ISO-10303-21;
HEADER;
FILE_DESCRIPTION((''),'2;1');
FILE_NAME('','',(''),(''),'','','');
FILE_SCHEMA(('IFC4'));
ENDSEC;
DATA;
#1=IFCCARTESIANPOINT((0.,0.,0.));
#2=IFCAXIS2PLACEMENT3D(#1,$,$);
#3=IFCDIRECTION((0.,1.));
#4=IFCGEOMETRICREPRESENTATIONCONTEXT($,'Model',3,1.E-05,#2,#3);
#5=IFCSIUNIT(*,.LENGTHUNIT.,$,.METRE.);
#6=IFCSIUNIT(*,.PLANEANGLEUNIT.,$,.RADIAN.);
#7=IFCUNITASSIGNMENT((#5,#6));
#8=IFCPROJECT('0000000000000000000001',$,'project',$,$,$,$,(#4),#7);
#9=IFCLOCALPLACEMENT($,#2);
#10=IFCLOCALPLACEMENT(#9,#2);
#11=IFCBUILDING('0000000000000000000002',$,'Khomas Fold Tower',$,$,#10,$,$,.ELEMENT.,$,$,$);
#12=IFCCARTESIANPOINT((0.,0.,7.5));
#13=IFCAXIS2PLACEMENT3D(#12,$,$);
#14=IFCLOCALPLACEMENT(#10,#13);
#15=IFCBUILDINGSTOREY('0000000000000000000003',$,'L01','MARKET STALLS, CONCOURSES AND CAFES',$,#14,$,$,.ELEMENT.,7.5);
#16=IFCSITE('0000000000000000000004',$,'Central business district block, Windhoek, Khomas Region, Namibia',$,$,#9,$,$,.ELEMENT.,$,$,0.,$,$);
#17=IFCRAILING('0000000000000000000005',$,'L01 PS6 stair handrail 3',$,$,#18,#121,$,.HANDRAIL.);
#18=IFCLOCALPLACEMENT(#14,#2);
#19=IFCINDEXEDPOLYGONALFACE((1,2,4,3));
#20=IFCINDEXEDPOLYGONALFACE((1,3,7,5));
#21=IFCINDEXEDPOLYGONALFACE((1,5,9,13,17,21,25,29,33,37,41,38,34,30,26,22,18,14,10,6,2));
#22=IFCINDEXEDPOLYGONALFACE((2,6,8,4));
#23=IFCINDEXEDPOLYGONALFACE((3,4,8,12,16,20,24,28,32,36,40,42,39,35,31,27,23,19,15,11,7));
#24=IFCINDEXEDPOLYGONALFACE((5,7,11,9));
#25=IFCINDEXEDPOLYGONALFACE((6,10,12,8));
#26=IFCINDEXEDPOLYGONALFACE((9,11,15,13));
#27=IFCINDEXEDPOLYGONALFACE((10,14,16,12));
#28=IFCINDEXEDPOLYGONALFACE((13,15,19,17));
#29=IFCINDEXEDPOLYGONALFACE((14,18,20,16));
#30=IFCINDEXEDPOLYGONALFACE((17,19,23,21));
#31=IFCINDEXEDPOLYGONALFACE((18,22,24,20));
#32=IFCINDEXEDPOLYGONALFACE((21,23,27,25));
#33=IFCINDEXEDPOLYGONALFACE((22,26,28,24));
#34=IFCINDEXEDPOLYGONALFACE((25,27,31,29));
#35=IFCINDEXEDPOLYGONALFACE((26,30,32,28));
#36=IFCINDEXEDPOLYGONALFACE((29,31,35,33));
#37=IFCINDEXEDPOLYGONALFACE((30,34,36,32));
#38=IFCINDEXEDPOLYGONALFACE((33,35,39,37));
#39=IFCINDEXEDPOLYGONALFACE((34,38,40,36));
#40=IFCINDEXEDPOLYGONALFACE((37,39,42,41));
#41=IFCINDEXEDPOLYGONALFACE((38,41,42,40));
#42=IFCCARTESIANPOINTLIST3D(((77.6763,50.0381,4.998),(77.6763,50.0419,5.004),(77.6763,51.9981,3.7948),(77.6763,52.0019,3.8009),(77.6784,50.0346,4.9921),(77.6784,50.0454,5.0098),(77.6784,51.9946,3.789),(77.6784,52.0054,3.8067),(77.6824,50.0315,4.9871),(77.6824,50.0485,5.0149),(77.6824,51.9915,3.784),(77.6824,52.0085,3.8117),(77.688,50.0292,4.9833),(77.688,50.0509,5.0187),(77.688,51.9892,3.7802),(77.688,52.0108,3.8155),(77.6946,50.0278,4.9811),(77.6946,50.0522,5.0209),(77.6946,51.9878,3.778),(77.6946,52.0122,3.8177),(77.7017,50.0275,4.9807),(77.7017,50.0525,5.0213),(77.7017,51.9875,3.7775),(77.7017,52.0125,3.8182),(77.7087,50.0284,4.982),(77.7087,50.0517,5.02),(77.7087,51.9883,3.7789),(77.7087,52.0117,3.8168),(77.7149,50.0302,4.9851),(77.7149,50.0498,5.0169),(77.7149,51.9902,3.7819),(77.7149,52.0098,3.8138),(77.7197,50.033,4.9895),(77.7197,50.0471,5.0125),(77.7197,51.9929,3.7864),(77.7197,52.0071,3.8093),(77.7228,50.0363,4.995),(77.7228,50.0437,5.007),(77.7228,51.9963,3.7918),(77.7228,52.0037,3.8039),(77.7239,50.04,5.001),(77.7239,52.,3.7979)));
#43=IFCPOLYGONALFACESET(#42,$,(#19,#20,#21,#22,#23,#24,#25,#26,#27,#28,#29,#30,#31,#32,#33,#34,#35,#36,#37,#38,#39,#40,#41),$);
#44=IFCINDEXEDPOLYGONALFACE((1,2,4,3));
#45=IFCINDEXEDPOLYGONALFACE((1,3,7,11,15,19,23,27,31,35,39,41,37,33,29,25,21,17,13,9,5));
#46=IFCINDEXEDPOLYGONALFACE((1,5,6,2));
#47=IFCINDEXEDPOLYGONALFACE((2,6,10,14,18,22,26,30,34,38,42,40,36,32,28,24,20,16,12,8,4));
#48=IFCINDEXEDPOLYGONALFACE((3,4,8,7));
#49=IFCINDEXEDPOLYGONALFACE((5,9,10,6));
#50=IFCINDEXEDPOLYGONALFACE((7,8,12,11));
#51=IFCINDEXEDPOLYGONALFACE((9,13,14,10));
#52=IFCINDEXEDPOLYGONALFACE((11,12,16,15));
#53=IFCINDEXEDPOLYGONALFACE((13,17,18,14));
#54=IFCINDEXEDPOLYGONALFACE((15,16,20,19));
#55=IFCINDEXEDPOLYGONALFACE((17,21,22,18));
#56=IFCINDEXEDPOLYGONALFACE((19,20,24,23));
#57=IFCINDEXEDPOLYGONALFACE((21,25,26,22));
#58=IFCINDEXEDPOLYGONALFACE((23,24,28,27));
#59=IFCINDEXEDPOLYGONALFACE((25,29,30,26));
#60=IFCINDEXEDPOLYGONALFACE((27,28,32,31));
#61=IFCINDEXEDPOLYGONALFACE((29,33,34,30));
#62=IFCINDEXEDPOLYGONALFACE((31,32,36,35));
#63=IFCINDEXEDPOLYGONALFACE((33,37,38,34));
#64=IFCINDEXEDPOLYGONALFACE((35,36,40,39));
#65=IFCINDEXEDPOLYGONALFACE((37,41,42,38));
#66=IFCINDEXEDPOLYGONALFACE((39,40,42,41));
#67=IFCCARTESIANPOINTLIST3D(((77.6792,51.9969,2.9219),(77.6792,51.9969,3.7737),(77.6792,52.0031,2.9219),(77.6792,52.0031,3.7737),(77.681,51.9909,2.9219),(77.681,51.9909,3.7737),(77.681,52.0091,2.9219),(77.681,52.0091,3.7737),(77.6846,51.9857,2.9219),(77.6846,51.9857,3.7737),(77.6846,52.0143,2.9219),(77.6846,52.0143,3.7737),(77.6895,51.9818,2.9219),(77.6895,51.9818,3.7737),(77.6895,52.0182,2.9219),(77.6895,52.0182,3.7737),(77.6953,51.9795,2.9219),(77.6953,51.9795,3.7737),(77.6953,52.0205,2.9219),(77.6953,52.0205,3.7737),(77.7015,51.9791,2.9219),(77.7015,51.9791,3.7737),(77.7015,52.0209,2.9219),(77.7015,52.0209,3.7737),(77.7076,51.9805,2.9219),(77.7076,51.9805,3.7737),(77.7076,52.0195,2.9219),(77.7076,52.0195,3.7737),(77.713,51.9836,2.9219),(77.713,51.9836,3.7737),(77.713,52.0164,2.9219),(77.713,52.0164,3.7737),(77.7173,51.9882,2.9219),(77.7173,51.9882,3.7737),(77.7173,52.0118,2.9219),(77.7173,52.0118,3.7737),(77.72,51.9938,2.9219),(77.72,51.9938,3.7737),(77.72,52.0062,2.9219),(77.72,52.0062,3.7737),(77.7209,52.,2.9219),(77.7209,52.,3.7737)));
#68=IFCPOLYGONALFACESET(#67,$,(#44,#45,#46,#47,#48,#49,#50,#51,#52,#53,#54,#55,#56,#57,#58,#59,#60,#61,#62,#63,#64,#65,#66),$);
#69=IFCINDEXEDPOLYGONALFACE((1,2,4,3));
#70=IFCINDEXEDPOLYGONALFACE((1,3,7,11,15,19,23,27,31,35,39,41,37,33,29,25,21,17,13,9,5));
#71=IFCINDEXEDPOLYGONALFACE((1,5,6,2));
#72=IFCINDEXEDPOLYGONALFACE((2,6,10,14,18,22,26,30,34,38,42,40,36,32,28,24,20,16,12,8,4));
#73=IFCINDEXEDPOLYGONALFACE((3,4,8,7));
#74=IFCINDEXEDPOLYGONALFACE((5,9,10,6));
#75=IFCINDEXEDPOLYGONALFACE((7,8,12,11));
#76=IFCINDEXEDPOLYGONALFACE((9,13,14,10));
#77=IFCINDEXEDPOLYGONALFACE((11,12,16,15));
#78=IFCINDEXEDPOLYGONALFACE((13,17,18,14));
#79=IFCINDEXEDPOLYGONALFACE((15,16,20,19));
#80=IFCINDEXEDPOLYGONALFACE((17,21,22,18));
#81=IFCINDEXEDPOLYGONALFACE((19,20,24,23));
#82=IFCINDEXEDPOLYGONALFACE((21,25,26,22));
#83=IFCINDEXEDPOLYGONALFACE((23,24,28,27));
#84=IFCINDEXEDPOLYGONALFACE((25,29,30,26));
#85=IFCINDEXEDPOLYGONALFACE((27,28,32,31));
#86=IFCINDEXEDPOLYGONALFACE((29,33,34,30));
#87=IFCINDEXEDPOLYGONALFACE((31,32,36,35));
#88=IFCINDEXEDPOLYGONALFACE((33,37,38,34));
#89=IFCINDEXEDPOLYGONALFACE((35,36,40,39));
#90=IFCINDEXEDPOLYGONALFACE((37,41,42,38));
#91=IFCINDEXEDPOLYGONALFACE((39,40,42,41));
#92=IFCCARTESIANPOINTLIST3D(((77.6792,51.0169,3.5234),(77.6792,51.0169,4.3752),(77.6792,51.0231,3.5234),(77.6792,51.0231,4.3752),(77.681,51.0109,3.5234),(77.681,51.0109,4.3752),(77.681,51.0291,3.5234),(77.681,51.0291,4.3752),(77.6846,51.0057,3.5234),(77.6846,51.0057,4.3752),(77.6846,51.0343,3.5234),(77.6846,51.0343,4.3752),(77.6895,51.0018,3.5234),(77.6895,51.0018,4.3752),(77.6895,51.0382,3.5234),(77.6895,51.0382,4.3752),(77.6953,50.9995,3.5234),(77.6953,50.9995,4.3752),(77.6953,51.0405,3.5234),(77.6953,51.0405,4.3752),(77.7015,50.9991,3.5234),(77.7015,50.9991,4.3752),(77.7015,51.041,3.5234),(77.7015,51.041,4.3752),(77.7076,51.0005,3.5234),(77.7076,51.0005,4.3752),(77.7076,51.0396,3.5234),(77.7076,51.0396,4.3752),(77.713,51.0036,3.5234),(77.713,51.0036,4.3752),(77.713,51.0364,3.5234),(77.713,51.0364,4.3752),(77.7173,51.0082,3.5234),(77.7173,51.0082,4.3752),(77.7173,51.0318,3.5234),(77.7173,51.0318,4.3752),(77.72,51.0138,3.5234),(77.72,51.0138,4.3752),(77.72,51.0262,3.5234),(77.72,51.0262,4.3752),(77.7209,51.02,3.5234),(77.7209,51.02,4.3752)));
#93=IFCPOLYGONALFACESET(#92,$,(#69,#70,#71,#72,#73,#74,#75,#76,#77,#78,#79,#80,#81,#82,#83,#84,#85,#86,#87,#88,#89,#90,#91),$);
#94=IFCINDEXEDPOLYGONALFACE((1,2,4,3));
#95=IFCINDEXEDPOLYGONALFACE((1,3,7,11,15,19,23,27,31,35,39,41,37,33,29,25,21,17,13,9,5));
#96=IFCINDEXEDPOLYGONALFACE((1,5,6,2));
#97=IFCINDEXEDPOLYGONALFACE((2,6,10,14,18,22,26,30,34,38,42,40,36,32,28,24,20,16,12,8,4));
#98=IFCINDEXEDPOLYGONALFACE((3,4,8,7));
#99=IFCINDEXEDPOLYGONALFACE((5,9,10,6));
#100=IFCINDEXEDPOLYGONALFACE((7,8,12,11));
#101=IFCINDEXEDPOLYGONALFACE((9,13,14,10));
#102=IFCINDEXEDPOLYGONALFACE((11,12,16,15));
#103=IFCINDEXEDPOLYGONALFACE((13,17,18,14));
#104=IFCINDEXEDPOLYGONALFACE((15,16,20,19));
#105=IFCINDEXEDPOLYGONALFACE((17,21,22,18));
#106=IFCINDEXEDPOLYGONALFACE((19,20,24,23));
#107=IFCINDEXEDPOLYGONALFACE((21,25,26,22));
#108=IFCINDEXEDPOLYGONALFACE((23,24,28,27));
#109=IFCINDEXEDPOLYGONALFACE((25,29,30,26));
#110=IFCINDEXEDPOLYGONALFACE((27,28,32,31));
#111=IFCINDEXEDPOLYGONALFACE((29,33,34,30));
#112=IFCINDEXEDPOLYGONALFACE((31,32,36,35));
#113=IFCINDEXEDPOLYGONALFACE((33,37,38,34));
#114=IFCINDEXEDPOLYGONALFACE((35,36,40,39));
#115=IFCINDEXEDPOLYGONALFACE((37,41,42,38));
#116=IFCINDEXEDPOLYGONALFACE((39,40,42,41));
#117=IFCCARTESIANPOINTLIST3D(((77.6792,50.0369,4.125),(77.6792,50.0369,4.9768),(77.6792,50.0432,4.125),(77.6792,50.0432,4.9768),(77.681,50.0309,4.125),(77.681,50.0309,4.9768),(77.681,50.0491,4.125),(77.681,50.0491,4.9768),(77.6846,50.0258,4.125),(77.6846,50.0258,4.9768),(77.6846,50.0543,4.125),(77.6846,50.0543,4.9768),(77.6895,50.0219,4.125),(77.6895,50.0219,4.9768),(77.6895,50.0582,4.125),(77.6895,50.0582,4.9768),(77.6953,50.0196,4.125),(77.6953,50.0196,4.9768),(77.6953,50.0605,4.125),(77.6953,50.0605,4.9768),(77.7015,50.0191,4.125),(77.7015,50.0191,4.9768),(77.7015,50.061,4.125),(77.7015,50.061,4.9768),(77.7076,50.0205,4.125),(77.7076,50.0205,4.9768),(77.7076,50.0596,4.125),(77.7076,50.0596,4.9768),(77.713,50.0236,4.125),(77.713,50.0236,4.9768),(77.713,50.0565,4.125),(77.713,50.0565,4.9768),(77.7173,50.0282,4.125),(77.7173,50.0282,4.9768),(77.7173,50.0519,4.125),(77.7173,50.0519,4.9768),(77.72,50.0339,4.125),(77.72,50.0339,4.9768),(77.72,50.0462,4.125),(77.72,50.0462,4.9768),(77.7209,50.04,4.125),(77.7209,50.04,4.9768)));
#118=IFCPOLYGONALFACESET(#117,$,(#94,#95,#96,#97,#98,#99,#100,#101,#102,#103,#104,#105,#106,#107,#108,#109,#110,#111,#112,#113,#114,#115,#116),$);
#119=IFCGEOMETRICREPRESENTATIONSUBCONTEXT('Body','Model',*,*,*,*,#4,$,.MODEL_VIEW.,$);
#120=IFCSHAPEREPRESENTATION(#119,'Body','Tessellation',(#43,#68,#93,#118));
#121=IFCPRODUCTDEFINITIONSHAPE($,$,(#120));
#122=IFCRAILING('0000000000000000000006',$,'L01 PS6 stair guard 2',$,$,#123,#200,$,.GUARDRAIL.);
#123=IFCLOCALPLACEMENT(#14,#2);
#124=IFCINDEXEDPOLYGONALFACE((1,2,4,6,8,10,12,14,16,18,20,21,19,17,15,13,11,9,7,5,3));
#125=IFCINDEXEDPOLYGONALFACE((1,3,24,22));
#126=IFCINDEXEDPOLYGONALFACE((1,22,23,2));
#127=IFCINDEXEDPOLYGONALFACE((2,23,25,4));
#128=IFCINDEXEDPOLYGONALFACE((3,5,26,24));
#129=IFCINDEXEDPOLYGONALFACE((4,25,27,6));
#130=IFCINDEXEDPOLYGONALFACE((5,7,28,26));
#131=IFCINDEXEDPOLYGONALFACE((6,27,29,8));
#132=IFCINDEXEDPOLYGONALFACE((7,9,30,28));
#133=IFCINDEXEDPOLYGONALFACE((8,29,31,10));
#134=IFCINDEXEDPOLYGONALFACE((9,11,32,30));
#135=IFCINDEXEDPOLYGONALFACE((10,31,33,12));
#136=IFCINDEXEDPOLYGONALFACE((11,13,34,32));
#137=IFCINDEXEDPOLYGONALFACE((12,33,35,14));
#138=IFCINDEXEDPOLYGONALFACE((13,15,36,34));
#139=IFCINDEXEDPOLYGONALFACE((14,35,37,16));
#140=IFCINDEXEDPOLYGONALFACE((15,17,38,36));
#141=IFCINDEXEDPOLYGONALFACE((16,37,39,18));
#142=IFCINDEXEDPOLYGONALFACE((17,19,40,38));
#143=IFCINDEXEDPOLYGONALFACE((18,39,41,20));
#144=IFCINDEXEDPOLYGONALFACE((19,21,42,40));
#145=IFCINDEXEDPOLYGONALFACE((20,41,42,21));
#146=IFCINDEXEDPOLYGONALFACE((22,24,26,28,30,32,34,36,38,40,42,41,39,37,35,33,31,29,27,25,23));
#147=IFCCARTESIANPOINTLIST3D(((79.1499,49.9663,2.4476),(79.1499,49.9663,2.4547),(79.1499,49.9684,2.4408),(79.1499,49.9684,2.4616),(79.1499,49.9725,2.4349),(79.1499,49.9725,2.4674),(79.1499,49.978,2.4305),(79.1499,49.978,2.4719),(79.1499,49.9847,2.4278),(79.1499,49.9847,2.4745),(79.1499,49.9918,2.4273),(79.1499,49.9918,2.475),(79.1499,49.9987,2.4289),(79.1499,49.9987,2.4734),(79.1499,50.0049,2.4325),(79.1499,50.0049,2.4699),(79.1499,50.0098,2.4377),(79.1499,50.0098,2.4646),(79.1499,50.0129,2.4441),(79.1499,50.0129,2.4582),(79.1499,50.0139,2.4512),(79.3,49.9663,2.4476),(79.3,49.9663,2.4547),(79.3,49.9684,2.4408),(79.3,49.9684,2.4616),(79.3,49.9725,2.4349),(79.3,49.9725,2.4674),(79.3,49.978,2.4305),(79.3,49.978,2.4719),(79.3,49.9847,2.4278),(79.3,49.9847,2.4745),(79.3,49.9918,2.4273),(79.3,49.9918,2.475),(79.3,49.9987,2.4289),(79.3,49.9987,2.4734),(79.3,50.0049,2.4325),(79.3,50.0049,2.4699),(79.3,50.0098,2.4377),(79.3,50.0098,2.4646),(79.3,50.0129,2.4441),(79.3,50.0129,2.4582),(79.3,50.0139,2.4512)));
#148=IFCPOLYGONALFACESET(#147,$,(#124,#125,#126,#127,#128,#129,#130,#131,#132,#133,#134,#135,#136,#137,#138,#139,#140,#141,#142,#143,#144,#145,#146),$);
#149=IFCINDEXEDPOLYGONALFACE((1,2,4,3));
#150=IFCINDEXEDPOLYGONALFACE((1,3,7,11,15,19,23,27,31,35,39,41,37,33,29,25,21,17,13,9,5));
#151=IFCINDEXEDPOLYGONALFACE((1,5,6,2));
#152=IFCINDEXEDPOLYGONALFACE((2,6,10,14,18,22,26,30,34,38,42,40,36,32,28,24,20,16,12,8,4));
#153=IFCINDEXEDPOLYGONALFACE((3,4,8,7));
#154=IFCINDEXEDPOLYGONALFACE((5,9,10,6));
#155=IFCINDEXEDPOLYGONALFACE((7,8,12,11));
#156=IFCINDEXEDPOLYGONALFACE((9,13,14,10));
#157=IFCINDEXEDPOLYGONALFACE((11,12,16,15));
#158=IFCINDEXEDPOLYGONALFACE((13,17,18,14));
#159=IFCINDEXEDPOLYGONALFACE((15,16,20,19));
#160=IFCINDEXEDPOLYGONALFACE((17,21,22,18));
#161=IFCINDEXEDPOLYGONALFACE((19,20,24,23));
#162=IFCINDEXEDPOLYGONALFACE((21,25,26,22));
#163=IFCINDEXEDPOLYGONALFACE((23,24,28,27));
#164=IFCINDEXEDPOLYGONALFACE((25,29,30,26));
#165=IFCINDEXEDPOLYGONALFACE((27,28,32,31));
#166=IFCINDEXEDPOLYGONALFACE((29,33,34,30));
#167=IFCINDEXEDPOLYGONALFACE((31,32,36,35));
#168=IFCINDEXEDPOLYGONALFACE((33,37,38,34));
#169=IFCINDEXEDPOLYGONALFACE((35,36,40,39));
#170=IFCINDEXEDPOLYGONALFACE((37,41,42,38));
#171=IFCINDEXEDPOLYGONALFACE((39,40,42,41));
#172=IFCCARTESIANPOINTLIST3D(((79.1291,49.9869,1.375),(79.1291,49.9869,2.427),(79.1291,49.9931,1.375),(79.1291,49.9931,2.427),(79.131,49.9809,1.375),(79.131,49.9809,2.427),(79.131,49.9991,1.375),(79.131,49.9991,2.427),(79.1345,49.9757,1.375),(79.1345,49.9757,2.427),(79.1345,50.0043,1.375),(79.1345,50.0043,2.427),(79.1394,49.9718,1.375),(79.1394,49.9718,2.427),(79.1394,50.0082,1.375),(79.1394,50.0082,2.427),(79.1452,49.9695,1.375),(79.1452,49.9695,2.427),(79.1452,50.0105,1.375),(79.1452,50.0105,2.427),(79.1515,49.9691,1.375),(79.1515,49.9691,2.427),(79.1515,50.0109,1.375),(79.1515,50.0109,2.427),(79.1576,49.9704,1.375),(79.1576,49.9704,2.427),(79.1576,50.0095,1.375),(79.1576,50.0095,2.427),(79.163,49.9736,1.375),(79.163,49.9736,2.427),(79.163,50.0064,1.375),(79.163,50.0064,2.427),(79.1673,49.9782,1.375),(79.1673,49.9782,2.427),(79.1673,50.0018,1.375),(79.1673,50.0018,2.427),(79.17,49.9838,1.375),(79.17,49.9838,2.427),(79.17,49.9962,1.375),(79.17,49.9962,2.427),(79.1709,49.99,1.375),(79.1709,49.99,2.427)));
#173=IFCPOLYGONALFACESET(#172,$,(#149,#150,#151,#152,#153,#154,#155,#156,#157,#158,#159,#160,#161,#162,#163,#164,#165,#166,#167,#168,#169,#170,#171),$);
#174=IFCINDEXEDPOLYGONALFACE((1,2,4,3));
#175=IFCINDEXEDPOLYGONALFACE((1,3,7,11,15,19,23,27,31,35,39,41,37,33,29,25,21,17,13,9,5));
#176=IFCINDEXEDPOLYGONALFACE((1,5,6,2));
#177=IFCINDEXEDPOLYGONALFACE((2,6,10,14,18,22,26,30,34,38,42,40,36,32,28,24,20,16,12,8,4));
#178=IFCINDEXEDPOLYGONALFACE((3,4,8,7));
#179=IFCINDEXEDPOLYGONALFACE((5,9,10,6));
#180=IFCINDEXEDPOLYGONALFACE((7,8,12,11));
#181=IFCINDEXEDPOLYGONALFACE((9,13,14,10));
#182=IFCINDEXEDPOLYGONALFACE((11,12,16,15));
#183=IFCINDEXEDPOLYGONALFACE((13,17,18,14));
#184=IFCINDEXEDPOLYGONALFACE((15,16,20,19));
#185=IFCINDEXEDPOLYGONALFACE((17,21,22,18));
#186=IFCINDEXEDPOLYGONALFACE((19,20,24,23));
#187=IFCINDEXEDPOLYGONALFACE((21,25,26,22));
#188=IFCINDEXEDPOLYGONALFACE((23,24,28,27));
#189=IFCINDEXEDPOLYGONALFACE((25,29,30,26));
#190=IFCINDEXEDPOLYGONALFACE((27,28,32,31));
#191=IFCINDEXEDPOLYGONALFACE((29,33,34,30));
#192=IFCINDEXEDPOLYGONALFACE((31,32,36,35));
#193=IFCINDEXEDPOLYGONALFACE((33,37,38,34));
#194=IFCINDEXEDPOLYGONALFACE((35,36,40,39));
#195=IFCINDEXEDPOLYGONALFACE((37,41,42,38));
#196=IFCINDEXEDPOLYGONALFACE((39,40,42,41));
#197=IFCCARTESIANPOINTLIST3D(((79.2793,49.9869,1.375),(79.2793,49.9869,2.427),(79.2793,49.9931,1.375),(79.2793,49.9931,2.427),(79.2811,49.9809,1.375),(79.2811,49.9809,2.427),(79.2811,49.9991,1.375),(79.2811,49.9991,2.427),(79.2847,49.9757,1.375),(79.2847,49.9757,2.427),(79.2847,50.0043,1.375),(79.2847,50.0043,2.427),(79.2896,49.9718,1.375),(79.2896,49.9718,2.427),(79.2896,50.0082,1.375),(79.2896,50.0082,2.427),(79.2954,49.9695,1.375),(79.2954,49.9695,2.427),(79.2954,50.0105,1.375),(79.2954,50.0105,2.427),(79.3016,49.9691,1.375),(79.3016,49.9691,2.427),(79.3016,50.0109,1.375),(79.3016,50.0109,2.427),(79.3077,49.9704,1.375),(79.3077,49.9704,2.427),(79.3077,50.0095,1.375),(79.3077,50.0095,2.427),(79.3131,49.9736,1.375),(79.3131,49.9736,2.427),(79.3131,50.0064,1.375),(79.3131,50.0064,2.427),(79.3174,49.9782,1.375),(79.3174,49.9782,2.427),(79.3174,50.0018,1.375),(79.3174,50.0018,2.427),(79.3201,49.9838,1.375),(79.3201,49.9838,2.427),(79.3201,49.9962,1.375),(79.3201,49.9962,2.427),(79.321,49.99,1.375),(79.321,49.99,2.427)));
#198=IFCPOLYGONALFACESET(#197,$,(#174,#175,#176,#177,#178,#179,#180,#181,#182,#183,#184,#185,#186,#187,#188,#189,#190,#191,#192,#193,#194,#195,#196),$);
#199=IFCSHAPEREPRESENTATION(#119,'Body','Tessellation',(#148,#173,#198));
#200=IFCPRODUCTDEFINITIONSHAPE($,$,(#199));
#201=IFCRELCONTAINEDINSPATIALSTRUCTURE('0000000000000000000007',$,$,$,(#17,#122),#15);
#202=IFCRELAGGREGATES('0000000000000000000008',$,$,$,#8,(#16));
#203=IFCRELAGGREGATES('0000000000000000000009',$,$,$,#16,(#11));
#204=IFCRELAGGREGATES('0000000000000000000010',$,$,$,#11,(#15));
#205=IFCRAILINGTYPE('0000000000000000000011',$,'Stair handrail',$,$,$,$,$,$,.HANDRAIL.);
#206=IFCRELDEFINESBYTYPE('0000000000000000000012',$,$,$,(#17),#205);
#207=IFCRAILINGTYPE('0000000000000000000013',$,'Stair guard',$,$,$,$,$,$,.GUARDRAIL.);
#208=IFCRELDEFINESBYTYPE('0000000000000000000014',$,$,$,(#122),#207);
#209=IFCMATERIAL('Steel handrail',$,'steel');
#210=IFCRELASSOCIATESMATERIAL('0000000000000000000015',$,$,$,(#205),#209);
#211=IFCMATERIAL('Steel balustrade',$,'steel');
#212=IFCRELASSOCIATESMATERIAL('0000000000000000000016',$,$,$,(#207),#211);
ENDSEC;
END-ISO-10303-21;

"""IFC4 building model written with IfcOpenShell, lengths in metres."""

from ifc_helpers import new_model, si_unit, direction, frame, origin, origin_2d, place, context, subcontext, project, spatial, circle, extrude, source, transform, mapped, material, type_object, element, save


model = new_model("IFC4")

# Units and contexts
model_context = context("Model", 3, precision=1e-05, world=origin(), true_north=direction((0.0, 1.0)))
body_context = subcontext(model_context, "Body", "Model", "MODEL_VIEW")
ifc_project = project(units=[si_unit("LENGTHUNIT", "METRE"), si_unit("PLANEANGLEUNIT", "RADIAN")], contexts=[model_context])

# Site, building, storey
site_placement = place(None, origin())
site = spatial("IfcSite", under=ifc_project, at=site_placement, Name="Central business district block, Windhoek, Khomas Region, Namibia", CompositionType="ELEMENT", RefElevation=0.0)
building_placement = place(site_placement, origin())
building = spatial("IfcBuilding", under=site, at=building_placement, Name="Khomas Fold Tower", CompositionType="ELEMENT")
storey_placement = place(building_placement, frame((0.0, 0.0, 7.5)))
storey = spatial("IfcBuildingStorey", under=building, at=storey_placement, Name="L01", Description="MARKET STALLS, CONCOURSES AND CAFES", CompositionType="ELEMENT", Elevation=7.5)

# Railings
ifc_material_1 = material(Name="Steel handrail", Category="steel")
railing_type_1 = type_object("IfcRailingType", Name="Stair handrail", PredefinedType="HANDRAIL", material=ifc_material_1)
ifc_material_2 = material(Name="Steel balustrade", Category="steel")
railing_type_2 = type_object("IfcRailingType", Name="Stair guard", PredefinedType="GUARDRAIL", material=ifc_material_2)
shared_shape_1 = source(origin(), body_context, "Body", "SweptSolid", [
    extrude(circle(Radius=0.0239, at=origin_2d()), frame((0.0, 0.0, 0.876), z_axis=(0.0, -0.852241, 0.523149), x_axis=(1.0, 0.0, 0.0)), (0.0, 0.0, 1.0), 2.2998),
    extrude(circle(Radius=0.021, at=origin_2d()), origin(), (0.0, 0.0, 1.0), 0.8518),
    extrude(circle(Radius=0.021, at=origin_2d()), frame((0.0, -0.98, 0.6016)), (0.0, 0.0, 1.0), 0.8518),
    extrude(circle(Radius=0.021, at=origin_2d()), frame((0.0, -1.96, 1.2031)), (0.0, 0.0, 1.0), 0.8518),
])
for number, where, name in (
    (1, (77.7, 52.0, 2.9219), "L01 PS6 stair handrail 3"),
):
    element("IfcRailing", number, at=place(storey_placement, frame(where)), inside=storey, type_object=railing_type_1, Name=name, PredefinedType="HANDRAIL", context=body_context, shape_type="MappedRepresentation", body=[
        mapped(shared_shape_1, transform((0.0, 0.0, 0.0))),
    ])
shared_shape_2 = source(origin(), body_context, "Body", "SweptSolid", [
    extrude(circle(Radius=0.0239, at=origin_2d()), frame((0.0, 0.0, 1.0762), z_axis=(1.0, 0.0, 0.0), x_axis=(0.0, 1.0, 0.0)), (0.0, 0.0, 1.0), 0.1501),
    extrude(circle(Radius=0.021, at=origin_2d()), origin(), (0.0, 0.0, 1.0), 1.052),
    extrude(circle(Radius=0.021, at=origin_2d()), frame((0.1501, 0.0, 0.0)), (0.0, 0.0, 1.0), 1.052),
])
for number, where, name in (
    (2, (79.1499, 49.99, 1.375), "L01 PS6 stair guard 2"),
):
    element("IfcRailing", number, at=place(storey_placement, frame(where)), inside=storey, type_object=railing_type_2, Name=name, PredefinedType="GUARDRAIL", context=body_context, shape_type="MappedRepresentation", body=[
        mapped(shared_shape_2, transform((0.0, 0.0, 0.0))),
    ])

save(model, "model.ifc")
